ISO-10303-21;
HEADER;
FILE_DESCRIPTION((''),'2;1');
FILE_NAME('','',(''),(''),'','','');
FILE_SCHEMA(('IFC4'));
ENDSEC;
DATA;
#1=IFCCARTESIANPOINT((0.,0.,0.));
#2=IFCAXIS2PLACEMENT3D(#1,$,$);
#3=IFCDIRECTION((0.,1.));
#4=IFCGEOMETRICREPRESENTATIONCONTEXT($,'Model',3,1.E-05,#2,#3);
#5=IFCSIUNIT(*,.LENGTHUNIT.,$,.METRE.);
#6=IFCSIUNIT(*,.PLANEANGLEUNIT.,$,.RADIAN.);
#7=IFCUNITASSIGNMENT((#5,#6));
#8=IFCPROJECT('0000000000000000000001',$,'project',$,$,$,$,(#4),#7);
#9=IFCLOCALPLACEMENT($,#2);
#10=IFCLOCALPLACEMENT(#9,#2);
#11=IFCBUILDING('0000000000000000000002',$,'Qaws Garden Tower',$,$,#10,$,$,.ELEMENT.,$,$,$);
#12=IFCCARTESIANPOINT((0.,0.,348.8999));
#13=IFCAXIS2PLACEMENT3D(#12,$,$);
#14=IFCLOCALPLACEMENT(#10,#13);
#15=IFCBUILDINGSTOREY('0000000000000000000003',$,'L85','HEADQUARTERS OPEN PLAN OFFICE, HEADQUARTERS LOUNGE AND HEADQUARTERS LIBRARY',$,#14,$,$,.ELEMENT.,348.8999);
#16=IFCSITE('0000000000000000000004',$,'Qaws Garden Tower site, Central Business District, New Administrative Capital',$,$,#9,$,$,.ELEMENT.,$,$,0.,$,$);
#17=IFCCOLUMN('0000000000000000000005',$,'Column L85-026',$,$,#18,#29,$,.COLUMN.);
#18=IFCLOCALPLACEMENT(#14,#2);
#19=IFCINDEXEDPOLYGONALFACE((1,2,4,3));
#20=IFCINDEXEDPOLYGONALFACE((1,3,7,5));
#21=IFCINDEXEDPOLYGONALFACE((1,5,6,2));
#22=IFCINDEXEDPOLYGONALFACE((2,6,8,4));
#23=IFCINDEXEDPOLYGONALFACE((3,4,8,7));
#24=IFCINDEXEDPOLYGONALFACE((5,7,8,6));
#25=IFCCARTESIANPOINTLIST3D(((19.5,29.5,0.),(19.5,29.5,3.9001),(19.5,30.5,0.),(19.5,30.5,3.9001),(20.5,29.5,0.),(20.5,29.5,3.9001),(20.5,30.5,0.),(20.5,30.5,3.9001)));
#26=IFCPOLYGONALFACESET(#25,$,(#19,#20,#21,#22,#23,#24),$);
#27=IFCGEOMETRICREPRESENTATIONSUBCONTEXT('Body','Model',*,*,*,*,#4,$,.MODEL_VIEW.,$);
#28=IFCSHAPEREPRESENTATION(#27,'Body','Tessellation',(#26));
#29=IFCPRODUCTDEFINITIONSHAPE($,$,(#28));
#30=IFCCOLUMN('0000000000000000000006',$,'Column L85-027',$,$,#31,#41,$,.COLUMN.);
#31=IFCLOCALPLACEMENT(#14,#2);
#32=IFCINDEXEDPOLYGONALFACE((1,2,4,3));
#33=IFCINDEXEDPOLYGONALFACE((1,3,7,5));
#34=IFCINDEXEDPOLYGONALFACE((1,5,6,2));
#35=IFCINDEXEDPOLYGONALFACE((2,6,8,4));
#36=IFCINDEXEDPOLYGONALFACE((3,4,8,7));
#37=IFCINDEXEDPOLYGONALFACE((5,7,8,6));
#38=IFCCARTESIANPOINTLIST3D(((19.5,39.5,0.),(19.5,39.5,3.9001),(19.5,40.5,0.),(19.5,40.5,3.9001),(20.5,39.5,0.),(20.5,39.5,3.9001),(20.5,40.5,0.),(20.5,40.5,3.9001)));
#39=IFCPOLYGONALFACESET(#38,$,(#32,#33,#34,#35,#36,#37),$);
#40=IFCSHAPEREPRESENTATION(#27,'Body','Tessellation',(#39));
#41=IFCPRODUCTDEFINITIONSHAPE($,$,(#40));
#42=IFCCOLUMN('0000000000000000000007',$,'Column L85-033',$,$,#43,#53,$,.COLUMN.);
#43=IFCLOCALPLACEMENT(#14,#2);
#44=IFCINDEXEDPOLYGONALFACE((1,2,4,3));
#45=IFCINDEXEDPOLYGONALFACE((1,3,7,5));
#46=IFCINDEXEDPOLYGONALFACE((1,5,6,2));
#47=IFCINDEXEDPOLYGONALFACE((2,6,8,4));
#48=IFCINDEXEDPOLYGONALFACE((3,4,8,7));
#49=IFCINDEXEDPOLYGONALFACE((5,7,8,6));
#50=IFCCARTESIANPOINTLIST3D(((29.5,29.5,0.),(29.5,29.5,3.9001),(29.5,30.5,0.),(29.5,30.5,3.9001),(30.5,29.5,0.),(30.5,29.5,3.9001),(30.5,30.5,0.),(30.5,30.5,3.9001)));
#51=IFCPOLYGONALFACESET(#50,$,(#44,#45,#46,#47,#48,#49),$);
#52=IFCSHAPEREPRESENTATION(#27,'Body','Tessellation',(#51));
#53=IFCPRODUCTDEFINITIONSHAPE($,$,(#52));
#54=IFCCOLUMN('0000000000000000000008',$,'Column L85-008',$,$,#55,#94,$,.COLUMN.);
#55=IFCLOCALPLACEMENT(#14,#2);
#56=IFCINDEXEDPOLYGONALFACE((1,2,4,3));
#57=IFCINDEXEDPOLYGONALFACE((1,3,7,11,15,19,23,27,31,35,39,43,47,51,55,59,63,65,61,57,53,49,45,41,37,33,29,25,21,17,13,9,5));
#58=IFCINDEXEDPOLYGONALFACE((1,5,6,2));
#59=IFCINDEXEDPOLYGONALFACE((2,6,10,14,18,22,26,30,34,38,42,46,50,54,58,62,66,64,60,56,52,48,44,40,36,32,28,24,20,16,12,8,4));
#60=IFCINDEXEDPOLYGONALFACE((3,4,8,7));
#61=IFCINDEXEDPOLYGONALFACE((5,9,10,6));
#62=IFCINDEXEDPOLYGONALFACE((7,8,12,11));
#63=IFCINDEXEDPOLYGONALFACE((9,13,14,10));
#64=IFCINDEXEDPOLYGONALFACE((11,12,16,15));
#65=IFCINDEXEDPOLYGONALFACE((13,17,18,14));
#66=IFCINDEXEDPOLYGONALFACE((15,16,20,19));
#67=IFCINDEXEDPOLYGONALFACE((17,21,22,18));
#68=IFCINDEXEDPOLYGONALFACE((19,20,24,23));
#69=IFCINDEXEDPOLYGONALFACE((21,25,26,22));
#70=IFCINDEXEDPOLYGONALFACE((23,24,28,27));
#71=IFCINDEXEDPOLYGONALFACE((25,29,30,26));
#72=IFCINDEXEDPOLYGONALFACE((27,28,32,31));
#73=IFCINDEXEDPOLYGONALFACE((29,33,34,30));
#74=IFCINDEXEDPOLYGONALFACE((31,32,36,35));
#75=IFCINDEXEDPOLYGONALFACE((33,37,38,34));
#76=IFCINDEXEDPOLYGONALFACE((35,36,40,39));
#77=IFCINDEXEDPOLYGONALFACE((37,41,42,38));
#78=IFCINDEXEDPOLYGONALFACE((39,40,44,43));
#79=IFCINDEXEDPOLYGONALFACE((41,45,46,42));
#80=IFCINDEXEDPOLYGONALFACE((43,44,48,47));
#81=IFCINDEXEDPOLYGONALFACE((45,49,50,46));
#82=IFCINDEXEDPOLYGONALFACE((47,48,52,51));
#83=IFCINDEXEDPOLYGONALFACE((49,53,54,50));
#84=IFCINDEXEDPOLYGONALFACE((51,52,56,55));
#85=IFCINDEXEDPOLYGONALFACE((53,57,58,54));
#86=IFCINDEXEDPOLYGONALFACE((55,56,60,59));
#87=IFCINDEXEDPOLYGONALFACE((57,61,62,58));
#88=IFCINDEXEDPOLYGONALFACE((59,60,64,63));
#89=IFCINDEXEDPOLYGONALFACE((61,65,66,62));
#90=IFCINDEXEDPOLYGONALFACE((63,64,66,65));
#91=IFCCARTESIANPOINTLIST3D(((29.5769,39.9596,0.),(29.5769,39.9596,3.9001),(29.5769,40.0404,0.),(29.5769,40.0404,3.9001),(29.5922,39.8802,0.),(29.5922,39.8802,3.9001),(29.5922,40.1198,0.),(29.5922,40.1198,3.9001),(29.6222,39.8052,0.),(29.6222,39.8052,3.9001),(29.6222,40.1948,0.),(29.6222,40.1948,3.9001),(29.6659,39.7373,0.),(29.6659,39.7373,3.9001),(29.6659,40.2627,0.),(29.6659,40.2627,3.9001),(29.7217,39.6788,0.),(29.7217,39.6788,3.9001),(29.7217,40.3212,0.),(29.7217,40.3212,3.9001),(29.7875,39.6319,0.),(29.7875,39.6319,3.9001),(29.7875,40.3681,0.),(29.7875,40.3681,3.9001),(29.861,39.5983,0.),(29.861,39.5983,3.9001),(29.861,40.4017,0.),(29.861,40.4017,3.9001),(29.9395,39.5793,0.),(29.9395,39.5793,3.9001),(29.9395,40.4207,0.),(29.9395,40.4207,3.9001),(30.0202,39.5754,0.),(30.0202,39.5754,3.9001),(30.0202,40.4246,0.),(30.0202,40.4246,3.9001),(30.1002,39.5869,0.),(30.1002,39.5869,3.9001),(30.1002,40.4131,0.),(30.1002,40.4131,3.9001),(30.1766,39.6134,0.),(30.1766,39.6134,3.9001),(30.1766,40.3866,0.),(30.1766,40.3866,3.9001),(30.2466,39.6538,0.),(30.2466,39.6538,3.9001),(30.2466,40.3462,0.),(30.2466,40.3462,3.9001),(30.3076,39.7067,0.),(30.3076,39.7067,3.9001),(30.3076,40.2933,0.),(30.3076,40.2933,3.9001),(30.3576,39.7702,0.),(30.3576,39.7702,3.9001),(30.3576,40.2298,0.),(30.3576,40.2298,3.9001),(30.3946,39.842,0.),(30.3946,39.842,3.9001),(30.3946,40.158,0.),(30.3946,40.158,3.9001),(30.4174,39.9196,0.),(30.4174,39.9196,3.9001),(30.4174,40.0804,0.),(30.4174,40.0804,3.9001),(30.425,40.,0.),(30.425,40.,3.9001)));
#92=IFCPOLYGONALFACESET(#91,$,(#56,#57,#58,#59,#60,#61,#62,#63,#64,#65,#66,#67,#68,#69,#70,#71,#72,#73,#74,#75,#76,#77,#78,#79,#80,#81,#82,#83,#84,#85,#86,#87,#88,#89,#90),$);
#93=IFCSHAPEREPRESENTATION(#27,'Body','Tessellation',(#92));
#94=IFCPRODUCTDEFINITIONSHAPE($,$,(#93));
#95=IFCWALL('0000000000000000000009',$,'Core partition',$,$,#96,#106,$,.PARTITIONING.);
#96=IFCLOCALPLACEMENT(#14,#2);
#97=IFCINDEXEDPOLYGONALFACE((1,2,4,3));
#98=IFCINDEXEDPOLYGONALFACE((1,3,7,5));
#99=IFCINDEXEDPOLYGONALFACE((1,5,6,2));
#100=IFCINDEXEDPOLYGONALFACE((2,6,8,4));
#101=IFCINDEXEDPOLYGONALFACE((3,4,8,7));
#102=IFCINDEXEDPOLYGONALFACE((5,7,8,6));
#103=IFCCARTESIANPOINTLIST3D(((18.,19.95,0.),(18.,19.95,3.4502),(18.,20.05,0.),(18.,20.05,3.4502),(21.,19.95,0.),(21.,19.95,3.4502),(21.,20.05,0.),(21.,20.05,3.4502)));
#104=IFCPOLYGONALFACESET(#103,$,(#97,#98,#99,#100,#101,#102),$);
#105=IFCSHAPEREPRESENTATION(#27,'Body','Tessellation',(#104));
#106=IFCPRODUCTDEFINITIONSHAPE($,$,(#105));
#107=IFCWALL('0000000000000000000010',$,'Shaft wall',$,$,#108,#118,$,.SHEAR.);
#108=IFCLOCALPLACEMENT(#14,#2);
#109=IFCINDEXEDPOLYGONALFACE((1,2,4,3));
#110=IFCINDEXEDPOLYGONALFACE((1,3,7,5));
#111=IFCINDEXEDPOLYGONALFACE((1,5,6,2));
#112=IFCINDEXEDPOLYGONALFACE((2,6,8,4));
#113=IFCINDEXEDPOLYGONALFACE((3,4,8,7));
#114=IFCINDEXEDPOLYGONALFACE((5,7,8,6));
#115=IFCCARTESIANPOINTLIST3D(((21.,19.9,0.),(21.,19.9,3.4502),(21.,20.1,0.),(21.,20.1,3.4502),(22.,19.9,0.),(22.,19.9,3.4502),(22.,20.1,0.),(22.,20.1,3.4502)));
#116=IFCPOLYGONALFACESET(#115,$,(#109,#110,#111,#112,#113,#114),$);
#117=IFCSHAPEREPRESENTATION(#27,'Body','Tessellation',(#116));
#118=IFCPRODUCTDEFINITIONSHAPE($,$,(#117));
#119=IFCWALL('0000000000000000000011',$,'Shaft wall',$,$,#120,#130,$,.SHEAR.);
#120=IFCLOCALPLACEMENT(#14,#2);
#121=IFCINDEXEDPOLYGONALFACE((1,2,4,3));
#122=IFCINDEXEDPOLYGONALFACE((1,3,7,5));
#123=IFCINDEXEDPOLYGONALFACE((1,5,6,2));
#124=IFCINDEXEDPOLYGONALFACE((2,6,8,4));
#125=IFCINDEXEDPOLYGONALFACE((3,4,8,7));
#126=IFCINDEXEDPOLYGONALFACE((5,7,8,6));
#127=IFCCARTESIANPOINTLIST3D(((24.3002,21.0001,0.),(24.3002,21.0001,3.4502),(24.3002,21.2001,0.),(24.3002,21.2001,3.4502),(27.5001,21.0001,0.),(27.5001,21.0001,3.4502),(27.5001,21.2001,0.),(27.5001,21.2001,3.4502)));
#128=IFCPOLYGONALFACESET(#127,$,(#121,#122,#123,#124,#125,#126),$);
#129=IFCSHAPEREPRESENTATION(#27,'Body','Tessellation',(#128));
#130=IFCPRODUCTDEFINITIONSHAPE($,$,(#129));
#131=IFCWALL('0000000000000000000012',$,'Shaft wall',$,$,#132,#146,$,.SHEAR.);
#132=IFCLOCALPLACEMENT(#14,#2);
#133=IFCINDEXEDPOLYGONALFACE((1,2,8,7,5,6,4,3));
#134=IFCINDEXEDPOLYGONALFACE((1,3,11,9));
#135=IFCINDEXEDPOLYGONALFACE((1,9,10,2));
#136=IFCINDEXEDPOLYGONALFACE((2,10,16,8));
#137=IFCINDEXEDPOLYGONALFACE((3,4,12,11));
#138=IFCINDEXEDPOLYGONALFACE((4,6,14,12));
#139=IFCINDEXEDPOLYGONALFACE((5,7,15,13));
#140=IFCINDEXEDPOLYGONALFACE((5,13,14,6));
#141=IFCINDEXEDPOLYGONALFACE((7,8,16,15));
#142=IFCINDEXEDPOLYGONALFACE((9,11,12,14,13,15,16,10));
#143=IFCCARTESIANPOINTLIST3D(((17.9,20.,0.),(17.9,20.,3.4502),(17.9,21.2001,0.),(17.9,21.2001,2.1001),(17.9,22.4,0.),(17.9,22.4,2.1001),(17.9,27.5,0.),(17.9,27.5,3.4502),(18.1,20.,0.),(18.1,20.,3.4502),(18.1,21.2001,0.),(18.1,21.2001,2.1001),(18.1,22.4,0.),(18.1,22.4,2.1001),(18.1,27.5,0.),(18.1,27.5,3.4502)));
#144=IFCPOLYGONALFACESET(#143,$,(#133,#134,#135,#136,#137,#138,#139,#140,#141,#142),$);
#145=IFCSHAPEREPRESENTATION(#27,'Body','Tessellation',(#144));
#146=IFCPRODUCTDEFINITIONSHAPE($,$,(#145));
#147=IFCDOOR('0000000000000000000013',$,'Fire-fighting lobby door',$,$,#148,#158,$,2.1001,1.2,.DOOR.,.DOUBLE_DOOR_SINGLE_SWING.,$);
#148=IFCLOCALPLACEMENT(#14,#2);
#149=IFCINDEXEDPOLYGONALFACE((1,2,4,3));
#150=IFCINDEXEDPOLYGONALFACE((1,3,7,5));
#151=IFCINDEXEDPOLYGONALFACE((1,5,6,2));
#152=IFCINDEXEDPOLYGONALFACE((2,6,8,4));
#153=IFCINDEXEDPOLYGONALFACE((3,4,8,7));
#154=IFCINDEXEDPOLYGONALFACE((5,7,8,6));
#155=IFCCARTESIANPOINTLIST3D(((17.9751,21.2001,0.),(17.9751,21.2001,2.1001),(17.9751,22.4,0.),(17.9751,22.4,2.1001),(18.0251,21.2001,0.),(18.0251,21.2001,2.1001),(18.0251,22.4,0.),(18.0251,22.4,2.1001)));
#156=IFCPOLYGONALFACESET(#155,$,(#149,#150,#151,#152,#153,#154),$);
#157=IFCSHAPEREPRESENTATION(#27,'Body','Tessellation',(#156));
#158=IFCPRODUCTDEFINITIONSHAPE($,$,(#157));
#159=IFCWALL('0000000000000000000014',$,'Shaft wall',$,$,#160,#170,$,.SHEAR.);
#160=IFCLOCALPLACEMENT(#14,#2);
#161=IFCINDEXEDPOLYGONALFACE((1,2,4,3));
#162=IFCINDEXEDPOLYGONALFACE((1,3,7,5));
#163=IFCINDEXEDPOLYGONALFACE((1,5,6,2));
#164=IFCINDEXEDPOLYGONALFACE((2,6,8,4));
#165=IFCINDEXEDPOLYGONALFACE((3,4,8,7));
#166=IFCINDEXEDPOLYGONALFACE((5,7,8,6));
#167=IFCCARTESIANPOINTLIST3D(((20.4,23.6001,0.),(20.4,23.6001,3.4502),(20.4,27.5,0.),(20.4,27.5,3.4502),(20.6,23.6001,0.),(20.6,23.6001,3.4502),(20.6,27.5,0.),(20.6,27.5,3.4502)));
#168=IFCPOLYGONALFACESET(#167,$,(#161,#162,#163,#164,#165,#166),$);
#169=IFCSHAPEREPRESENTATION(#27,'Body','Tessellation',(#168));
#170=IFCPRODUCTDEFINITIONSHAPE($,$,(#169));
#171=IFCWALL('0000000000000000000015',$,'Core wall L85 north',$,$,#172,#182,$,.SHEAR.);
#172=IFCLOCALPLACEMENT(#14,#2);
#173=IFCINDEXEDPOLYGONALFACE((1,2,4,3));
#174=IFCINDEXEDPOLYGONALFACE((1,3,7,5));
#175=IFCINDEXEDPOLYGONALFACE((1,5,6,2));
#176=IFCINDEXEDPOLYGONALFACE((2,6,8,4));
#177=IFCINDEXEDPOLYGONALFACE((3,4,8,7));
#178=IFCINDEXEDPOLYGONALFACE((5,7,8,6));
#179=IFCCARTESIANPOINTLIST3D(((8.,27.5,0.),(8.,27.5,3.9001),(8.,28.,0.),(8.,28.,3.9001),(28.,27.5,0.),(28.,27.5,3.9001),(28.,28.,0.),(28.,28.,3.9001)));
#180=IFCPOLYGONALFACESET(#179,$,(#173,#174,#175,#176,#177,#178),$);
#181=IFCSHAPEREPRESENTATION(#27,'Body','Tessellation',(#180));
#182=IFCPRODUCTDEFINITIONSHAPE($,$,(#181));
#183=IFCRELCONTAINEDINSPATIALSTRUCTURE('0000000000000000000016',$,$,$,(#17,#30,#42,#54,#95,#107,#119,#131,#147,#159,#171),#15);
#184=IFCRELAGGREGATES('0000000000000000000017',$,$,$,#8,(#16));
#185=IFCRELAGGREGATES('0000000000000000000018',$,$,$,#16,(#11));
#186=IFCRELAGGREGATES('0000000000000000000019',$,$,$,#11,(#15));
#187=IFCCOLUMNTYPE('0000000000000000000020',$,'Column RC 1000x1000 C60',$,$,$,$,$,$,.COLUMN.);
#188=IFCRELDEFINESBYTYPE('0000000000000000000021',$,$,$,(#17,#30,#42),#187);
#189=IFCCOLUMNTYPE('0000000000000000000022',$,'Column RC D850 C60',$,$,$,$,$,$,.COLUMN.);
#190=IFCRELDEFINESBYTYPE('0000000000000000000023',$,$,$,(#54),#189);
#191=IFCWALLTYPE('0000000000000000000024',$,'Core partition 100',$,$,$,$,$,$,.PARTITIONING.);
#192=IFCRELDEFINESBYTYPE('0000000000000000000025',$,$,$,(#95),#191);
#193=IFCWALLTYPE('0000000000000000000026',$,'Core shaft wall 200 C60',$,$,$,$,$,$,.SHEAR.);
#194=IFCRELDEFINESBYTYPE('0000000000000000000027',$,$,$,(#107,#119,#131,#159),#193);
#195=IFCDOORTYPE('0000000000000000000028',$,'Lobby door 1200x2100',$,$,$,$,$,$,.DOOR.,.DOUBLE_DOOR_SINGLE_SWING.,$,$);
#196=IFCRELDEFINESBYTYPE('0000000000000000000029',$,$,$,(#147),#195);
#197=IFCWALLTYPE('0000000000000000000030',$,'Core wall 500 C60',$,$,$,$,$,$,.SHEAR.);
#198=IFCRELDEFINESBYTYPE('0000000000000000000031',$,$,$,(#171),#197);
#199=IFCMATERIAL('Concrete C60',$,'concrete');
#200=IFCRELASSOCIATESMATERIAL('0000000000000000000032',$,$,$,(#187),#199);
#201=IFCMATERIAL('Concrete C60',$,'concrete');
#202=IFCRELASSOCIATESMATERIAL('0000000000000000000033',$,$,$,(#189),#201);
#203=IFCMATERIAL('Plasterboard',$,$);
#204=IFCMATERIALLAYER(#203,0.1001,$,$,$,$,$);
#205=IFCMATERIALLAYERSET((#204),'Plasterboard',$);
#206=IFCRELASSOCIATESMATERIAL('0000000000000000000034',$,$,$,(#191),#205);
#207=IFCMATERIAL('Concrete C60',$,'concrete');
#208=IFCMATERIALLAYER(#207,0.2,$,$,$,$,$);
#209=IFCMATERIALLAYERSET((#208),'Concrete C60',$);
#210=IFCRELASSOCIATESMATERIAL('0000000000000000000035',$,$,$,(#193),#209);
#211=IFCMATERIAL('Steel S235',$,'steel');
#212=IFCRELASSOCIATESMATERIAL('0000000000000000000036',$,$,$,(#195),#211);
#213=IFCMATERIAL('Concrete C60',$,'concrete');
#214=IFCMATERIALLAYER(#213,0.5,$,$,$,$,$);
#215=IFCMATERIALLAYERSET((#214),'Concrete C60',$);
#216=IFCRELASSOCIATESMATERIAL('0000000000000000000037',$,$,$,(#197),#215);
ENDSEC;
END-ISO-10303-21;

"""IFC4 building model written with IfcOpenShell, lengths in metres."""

from ifc_helpers import new_model, si_unit, direction, frame, frame_2d, origin, origin_2d, place, context, subcontext, project, spatial, rectangle, circle, extrude, material, layer, layer_set, material_profile, profile_set, type_object, element, fill, save


model = new_model("IFC4")

# Units and contexts
model_context = context("Model", 3, precision=1e-05, world=origin(), true_north=direction((0.0, 1.0)))
body_context = subcontext(model_context, "Body", "Model", "MODEL_VIEW")
ifc_project = project(units=[si_unit("LENGTHUNIT", "METRE"), si_unit("PLANEANGLEUNIT", "RADIAN")], contexts=[model_context])

# Site, building, storey
site_placement = place(None, origin())
site = spatial("IfcSite", under=ifc_project, at=site_placement, Name="Qaws Garden Tower site, Central Business District, New Administrative Capital", CompositionType="ELEMENT", RefElevation=0.0)
building_placement = place(site_placement, origin())
building = spatial("IfcBuilding", under=site, at=building_placement, Name="Qaws Garden Tower", CompositionType="ELEMENT")
storey_placement = place(building_placement, frame((0.0, 0.0, 348.8999)))
storey = spatial("IfcBuildingStorey", under=building, at=storey_placement, Name="L85", Description="HEADQUARTERS OPEN PLAN OFFICE, HEADQUARTERS LOUNGE AND HEADQUARTERS LIBRARY", CompositionType="ELEMENT", Elevation=348.8999)

# Columns
ifc_material_1 = material(Name="Concrete C60", Category="concrete")
ifc_material_profile_1 = material_profile(ifc_material_1, rectangle(XDim=1.0, YDim=1.0, at=origin_2d()), Name="RC 1000x1000")
ifc_profile_set_1 = profile_set([ifc_material_profile_1], Name="Concrete C60")
column_type_1 = type_object("IfcColumnType", Name="Column RC 1000x1000 C60", PredefinedType="COLUMN", material=ifc_profile_set_1)
for number, where, z_axis, x_axis, name in (
    (1, (20.0, 30.0, 0.0), (0.0, 0.0, 1.0), (1.0, 0.0, 0.0), "Column L85-026"),
    (2, (20.0, 40.0, 0.0), (0.0, 0.0, 1.0), (1.0, 0.0, 0.0), "Column L85-027"),
    (3, (30.0, 30.0, 0.0), (0.0, 0.0, 1.0), (1.0, 0.0, 0.0), "Column L85-033"),
):
    element("IfcColumn", number, at=place(storey_placement, frame(where, z_axis=z_axis, x_axis=x_axis)), inside=storey, type_object=column_type_1, Name=name, PredefinedType="COLUMN", context=body_context, shape_type="SweptSolid", body=[
        extrude(rectangle(XDim=1.0, YDim=1.0, at=origin_2d()), origin(), (0.0, 0.0, 1.0), 3.9001),
    ])
ifc_material_2 = material(Name="Concrete C60", Category="concrete")
ifc_material_profile_2 = material_profile(ifc_material_2, circle(Radius=0.425, at=origin_2d()), Name="RC D850")
ifc_profile_set_2 = profile_set([ifc_material_profile_2], Name="Concrete C60")
column_type_2 = type_object("IfcColumnType", Name="Column RC D850 C60", PredefinedType="COLUMN", material=ifc_profile_set_2)
column_placement = place(storey_placement, frame((30.0, 40.0, 0.0), z_axis=(0.0, 0.0, 1.0), x_axis=(1.0, 0.0, 0.0)))
element("IfcColumn", 4, at=column_placement, inside=storey, type_object=column_type_2, Name="Column L85-008", PredefinedType="COLUMN", context=body_context, shape_type="SweptSolid", body=[
    extrude(circle(Radius=0.425, at=origin_2d()), origin(), (0.0, 0.0, 1.0), 3.9001),
])

# Walls
ifc_material_3 = material(Name="Plasterboard")
ifc_layer_1 = layer(ifc_material_3, 0.1001)
ifc_layer_set_1 = layer_set([ifc_layer_1], Name="Plasterboard")
wall_type_1 = type_object("IfcWallType", Name="Core partition 100", PredefinedType="PARTITIONING", material=ifc_layer_set_1)
wall_1_placement = place(storey_placement, frame((18.0, 20.0, 0.0), z_axis=(0.0, 0.0, 1.0), x_axis=(1.0, 0.0, 0.0)))
element("IfcWall", 5, at=wall_1_placement, inside=storey, type_object=wall_type_1, Name="Core partition", PredefinedType="PARTITIONING", context=body_context, shape_type="SweptSolid", body=[
    extrude(rectangle(XDim=3.0, YDim=0.1001, at=frame_2d((1.5, 0.0))), origin(), (0.0, 0.0, 1.0), 3.4502),
])
ifc_material_4 = material(Name="Concrete C60", Category="concrete")
ifc_layer_2 = layer(ifc_material_4, 0.2)
ifc_layer_set_2 = layer_set([ifc_layer_2], Name="Concrete C60")
wall_type_2 = type_object("IfcWallType", Name="Core shaft wall 200 C60", PredefinedType="SHEAR", material=ifc_layer_set_2)
wall_2_placement = place(storey_placement, frame((21.0, 20.0, 0.0), z_axis=(0.0, 0.0, 1.0), x_axis=(1.0, 0.0, 0.0)))
element("IfcWall", 6, at=wall_2_placement, inside=storey, type_object=wall_type_2, Name="Shaft wall", PredefinedType="SHEAR", context=body_context, shape_type="SweptSolid", body=[
    extrude(rectangle(XDim=1.0, YDim=0.2, at=frame_2d((0.5, 0.0))), origin(), (0.0, 0.0, 1.0), 3.4502),
])
wall_3_placement = place(storey_placement, frame((24.3, 21.1001, 0.0), z_axis=(0.0, 0.0, 1.0), x_axis=(1.0, 0.0, 0.0)))
element("IfcWall", 7, at=wall_3_placement, inside=storey, type_object=wall_type_2, Name="Shaft wall", PredefinedType="SHEAR", context=body_context, shape_type="SweptSolid", body=[
    extrude(rectangle(XDim=3.2, YDim=0.2, at=frame_2d((1.6001, 0.0))), origin(), (0.0, 0.0, 1.0), 3.4502),
])

# Wall, opening, door
wall_4_placement = place(storey_placement, frame((18.0, 20.0, 0.0), z_axis=(0.0, 0.0, 1.0), x_axis=(0.0, 1.0, 0.0)))
wall_4 = element("IfcWall", 8, at=wall_4_placement, inside=storey, type_object=wall_type_2, Name="Shaft wall", PredefinedType="SHEAR", context=body_context, shape_type="SweptSolid", body=[
    extrude(rectangle(XDim=7.5, YDim=0.2, at=frame_2d((3.75, 0.0))), origin(), (0.0, 0.0, 1.0), 3.4502),
])
opening_1_placement = place(wall_4_placement, frame((1.2, 0.0, 0.0)))
opening_1 = element("IfcOpeningElement", 9, at=opening_1_placement, cuts=wall_4, PredefinedType="OPENING", context=body_context, shape_type="SweptSolid", body=[
    extrude(rectangle(XDim=1.2, YDim=2.1001, at=frame_2d((0.6001, 1.05))), frame((0.0, 0.1099, 0.0), z_axis=(0.0, -1.0, 0.0), x_axis=(1.0, 0.0, 0.0)), (0.0, 0.0, 1.0), 0.22),
])
ifc_material_5 = material(Name="Steel S235", Category="steel")
door_type_1 = type_object("IfcDoorType", Name="Lobby door 1200x2100", OperationType="DOUBLE_DOOR_SINGLE_SWING", PredefinedType="DOOR", material=ifc_material_5)
door_1_placement = place(opening_1_placement, origin())
door_1 = element("IfcDoor", 10, at=door_1_placement, inside=storey, type_object=door_type_1, Name="Fire-fighting lobby door", OperationType="DOUBLE_DOOR_SINGLE_SWING", OverallHeight=2.1001, OverallWidth=1.2, PredefinedType="DOOR", context=body_context, shape_type="SweptSolid", body=[
    extrude(rectangle(XDim=1.2, YDim=2.1001, at=frame_2d((0.6001, 1.05))), frame((0.0, 0.0249, 0.0), z_axis=(0.0, -1.0, 0.0), x_axis=(1.0, 0.0, 0.0)), (0.0, 0.0, 1.0), 0.05),
])
fill(opening_1, door_1)

# Walls
wall_5_placement = place(storey_placement, frame((20.5, 23.6001, 0.0), z_axis=(0.0, 0.0, 1.0), x_axis=(0.0, 1.0, 0.0)))
element("IfcWall", 11, at=wall_5_placement, inside=storey, type_object=wall_type_2, Name="Shaft wall", PredefinedType="SHEAR", context=body_context, shape_type="SweptSolid", body=[
    extrude(rectangle(XDim=3.8999, YDim=0.2, at=frame_2d((1.95, 0.0))), origin(), (0.0, 0.0, 1.0), 3.4502),
])
ifc_material_6 = material(Name="Concrete C60", Category="concrete")
ifc_layer_3 = layer(ifc_material_6, 0.5)
ifc_layer_set_3 = layer_set([ifc_layer_3], Name="Concrete C60")
wall_type_3 = type_object("IfcWallType", Name="Core wall 500 C60", PredefinedType="SHEAR", material=ifc_layer_set_3)
wall_6_placement = place(storey_placement, frame((28.0, 27.75, 0.0), z_axis=(0.0, 0.0, 1.0), x_axis=(-1.0, 0.0, 0.0)))
element("IfcWall", 12, at=wall_6_placement, inside=storey, type_object=wall_type_3, Name="Core wall L85 north", PredefinedType="SHEAR", context=body_context, shape_type="SweptSolid", body=[
    extrude(rectangle(XDim=20.0, YDim=0.5, at=frame_2d((10.0, 0.0))), origin(), (0.0, 0.0, 1.0), 3.9001),
])

save(model, "model.ifc")
